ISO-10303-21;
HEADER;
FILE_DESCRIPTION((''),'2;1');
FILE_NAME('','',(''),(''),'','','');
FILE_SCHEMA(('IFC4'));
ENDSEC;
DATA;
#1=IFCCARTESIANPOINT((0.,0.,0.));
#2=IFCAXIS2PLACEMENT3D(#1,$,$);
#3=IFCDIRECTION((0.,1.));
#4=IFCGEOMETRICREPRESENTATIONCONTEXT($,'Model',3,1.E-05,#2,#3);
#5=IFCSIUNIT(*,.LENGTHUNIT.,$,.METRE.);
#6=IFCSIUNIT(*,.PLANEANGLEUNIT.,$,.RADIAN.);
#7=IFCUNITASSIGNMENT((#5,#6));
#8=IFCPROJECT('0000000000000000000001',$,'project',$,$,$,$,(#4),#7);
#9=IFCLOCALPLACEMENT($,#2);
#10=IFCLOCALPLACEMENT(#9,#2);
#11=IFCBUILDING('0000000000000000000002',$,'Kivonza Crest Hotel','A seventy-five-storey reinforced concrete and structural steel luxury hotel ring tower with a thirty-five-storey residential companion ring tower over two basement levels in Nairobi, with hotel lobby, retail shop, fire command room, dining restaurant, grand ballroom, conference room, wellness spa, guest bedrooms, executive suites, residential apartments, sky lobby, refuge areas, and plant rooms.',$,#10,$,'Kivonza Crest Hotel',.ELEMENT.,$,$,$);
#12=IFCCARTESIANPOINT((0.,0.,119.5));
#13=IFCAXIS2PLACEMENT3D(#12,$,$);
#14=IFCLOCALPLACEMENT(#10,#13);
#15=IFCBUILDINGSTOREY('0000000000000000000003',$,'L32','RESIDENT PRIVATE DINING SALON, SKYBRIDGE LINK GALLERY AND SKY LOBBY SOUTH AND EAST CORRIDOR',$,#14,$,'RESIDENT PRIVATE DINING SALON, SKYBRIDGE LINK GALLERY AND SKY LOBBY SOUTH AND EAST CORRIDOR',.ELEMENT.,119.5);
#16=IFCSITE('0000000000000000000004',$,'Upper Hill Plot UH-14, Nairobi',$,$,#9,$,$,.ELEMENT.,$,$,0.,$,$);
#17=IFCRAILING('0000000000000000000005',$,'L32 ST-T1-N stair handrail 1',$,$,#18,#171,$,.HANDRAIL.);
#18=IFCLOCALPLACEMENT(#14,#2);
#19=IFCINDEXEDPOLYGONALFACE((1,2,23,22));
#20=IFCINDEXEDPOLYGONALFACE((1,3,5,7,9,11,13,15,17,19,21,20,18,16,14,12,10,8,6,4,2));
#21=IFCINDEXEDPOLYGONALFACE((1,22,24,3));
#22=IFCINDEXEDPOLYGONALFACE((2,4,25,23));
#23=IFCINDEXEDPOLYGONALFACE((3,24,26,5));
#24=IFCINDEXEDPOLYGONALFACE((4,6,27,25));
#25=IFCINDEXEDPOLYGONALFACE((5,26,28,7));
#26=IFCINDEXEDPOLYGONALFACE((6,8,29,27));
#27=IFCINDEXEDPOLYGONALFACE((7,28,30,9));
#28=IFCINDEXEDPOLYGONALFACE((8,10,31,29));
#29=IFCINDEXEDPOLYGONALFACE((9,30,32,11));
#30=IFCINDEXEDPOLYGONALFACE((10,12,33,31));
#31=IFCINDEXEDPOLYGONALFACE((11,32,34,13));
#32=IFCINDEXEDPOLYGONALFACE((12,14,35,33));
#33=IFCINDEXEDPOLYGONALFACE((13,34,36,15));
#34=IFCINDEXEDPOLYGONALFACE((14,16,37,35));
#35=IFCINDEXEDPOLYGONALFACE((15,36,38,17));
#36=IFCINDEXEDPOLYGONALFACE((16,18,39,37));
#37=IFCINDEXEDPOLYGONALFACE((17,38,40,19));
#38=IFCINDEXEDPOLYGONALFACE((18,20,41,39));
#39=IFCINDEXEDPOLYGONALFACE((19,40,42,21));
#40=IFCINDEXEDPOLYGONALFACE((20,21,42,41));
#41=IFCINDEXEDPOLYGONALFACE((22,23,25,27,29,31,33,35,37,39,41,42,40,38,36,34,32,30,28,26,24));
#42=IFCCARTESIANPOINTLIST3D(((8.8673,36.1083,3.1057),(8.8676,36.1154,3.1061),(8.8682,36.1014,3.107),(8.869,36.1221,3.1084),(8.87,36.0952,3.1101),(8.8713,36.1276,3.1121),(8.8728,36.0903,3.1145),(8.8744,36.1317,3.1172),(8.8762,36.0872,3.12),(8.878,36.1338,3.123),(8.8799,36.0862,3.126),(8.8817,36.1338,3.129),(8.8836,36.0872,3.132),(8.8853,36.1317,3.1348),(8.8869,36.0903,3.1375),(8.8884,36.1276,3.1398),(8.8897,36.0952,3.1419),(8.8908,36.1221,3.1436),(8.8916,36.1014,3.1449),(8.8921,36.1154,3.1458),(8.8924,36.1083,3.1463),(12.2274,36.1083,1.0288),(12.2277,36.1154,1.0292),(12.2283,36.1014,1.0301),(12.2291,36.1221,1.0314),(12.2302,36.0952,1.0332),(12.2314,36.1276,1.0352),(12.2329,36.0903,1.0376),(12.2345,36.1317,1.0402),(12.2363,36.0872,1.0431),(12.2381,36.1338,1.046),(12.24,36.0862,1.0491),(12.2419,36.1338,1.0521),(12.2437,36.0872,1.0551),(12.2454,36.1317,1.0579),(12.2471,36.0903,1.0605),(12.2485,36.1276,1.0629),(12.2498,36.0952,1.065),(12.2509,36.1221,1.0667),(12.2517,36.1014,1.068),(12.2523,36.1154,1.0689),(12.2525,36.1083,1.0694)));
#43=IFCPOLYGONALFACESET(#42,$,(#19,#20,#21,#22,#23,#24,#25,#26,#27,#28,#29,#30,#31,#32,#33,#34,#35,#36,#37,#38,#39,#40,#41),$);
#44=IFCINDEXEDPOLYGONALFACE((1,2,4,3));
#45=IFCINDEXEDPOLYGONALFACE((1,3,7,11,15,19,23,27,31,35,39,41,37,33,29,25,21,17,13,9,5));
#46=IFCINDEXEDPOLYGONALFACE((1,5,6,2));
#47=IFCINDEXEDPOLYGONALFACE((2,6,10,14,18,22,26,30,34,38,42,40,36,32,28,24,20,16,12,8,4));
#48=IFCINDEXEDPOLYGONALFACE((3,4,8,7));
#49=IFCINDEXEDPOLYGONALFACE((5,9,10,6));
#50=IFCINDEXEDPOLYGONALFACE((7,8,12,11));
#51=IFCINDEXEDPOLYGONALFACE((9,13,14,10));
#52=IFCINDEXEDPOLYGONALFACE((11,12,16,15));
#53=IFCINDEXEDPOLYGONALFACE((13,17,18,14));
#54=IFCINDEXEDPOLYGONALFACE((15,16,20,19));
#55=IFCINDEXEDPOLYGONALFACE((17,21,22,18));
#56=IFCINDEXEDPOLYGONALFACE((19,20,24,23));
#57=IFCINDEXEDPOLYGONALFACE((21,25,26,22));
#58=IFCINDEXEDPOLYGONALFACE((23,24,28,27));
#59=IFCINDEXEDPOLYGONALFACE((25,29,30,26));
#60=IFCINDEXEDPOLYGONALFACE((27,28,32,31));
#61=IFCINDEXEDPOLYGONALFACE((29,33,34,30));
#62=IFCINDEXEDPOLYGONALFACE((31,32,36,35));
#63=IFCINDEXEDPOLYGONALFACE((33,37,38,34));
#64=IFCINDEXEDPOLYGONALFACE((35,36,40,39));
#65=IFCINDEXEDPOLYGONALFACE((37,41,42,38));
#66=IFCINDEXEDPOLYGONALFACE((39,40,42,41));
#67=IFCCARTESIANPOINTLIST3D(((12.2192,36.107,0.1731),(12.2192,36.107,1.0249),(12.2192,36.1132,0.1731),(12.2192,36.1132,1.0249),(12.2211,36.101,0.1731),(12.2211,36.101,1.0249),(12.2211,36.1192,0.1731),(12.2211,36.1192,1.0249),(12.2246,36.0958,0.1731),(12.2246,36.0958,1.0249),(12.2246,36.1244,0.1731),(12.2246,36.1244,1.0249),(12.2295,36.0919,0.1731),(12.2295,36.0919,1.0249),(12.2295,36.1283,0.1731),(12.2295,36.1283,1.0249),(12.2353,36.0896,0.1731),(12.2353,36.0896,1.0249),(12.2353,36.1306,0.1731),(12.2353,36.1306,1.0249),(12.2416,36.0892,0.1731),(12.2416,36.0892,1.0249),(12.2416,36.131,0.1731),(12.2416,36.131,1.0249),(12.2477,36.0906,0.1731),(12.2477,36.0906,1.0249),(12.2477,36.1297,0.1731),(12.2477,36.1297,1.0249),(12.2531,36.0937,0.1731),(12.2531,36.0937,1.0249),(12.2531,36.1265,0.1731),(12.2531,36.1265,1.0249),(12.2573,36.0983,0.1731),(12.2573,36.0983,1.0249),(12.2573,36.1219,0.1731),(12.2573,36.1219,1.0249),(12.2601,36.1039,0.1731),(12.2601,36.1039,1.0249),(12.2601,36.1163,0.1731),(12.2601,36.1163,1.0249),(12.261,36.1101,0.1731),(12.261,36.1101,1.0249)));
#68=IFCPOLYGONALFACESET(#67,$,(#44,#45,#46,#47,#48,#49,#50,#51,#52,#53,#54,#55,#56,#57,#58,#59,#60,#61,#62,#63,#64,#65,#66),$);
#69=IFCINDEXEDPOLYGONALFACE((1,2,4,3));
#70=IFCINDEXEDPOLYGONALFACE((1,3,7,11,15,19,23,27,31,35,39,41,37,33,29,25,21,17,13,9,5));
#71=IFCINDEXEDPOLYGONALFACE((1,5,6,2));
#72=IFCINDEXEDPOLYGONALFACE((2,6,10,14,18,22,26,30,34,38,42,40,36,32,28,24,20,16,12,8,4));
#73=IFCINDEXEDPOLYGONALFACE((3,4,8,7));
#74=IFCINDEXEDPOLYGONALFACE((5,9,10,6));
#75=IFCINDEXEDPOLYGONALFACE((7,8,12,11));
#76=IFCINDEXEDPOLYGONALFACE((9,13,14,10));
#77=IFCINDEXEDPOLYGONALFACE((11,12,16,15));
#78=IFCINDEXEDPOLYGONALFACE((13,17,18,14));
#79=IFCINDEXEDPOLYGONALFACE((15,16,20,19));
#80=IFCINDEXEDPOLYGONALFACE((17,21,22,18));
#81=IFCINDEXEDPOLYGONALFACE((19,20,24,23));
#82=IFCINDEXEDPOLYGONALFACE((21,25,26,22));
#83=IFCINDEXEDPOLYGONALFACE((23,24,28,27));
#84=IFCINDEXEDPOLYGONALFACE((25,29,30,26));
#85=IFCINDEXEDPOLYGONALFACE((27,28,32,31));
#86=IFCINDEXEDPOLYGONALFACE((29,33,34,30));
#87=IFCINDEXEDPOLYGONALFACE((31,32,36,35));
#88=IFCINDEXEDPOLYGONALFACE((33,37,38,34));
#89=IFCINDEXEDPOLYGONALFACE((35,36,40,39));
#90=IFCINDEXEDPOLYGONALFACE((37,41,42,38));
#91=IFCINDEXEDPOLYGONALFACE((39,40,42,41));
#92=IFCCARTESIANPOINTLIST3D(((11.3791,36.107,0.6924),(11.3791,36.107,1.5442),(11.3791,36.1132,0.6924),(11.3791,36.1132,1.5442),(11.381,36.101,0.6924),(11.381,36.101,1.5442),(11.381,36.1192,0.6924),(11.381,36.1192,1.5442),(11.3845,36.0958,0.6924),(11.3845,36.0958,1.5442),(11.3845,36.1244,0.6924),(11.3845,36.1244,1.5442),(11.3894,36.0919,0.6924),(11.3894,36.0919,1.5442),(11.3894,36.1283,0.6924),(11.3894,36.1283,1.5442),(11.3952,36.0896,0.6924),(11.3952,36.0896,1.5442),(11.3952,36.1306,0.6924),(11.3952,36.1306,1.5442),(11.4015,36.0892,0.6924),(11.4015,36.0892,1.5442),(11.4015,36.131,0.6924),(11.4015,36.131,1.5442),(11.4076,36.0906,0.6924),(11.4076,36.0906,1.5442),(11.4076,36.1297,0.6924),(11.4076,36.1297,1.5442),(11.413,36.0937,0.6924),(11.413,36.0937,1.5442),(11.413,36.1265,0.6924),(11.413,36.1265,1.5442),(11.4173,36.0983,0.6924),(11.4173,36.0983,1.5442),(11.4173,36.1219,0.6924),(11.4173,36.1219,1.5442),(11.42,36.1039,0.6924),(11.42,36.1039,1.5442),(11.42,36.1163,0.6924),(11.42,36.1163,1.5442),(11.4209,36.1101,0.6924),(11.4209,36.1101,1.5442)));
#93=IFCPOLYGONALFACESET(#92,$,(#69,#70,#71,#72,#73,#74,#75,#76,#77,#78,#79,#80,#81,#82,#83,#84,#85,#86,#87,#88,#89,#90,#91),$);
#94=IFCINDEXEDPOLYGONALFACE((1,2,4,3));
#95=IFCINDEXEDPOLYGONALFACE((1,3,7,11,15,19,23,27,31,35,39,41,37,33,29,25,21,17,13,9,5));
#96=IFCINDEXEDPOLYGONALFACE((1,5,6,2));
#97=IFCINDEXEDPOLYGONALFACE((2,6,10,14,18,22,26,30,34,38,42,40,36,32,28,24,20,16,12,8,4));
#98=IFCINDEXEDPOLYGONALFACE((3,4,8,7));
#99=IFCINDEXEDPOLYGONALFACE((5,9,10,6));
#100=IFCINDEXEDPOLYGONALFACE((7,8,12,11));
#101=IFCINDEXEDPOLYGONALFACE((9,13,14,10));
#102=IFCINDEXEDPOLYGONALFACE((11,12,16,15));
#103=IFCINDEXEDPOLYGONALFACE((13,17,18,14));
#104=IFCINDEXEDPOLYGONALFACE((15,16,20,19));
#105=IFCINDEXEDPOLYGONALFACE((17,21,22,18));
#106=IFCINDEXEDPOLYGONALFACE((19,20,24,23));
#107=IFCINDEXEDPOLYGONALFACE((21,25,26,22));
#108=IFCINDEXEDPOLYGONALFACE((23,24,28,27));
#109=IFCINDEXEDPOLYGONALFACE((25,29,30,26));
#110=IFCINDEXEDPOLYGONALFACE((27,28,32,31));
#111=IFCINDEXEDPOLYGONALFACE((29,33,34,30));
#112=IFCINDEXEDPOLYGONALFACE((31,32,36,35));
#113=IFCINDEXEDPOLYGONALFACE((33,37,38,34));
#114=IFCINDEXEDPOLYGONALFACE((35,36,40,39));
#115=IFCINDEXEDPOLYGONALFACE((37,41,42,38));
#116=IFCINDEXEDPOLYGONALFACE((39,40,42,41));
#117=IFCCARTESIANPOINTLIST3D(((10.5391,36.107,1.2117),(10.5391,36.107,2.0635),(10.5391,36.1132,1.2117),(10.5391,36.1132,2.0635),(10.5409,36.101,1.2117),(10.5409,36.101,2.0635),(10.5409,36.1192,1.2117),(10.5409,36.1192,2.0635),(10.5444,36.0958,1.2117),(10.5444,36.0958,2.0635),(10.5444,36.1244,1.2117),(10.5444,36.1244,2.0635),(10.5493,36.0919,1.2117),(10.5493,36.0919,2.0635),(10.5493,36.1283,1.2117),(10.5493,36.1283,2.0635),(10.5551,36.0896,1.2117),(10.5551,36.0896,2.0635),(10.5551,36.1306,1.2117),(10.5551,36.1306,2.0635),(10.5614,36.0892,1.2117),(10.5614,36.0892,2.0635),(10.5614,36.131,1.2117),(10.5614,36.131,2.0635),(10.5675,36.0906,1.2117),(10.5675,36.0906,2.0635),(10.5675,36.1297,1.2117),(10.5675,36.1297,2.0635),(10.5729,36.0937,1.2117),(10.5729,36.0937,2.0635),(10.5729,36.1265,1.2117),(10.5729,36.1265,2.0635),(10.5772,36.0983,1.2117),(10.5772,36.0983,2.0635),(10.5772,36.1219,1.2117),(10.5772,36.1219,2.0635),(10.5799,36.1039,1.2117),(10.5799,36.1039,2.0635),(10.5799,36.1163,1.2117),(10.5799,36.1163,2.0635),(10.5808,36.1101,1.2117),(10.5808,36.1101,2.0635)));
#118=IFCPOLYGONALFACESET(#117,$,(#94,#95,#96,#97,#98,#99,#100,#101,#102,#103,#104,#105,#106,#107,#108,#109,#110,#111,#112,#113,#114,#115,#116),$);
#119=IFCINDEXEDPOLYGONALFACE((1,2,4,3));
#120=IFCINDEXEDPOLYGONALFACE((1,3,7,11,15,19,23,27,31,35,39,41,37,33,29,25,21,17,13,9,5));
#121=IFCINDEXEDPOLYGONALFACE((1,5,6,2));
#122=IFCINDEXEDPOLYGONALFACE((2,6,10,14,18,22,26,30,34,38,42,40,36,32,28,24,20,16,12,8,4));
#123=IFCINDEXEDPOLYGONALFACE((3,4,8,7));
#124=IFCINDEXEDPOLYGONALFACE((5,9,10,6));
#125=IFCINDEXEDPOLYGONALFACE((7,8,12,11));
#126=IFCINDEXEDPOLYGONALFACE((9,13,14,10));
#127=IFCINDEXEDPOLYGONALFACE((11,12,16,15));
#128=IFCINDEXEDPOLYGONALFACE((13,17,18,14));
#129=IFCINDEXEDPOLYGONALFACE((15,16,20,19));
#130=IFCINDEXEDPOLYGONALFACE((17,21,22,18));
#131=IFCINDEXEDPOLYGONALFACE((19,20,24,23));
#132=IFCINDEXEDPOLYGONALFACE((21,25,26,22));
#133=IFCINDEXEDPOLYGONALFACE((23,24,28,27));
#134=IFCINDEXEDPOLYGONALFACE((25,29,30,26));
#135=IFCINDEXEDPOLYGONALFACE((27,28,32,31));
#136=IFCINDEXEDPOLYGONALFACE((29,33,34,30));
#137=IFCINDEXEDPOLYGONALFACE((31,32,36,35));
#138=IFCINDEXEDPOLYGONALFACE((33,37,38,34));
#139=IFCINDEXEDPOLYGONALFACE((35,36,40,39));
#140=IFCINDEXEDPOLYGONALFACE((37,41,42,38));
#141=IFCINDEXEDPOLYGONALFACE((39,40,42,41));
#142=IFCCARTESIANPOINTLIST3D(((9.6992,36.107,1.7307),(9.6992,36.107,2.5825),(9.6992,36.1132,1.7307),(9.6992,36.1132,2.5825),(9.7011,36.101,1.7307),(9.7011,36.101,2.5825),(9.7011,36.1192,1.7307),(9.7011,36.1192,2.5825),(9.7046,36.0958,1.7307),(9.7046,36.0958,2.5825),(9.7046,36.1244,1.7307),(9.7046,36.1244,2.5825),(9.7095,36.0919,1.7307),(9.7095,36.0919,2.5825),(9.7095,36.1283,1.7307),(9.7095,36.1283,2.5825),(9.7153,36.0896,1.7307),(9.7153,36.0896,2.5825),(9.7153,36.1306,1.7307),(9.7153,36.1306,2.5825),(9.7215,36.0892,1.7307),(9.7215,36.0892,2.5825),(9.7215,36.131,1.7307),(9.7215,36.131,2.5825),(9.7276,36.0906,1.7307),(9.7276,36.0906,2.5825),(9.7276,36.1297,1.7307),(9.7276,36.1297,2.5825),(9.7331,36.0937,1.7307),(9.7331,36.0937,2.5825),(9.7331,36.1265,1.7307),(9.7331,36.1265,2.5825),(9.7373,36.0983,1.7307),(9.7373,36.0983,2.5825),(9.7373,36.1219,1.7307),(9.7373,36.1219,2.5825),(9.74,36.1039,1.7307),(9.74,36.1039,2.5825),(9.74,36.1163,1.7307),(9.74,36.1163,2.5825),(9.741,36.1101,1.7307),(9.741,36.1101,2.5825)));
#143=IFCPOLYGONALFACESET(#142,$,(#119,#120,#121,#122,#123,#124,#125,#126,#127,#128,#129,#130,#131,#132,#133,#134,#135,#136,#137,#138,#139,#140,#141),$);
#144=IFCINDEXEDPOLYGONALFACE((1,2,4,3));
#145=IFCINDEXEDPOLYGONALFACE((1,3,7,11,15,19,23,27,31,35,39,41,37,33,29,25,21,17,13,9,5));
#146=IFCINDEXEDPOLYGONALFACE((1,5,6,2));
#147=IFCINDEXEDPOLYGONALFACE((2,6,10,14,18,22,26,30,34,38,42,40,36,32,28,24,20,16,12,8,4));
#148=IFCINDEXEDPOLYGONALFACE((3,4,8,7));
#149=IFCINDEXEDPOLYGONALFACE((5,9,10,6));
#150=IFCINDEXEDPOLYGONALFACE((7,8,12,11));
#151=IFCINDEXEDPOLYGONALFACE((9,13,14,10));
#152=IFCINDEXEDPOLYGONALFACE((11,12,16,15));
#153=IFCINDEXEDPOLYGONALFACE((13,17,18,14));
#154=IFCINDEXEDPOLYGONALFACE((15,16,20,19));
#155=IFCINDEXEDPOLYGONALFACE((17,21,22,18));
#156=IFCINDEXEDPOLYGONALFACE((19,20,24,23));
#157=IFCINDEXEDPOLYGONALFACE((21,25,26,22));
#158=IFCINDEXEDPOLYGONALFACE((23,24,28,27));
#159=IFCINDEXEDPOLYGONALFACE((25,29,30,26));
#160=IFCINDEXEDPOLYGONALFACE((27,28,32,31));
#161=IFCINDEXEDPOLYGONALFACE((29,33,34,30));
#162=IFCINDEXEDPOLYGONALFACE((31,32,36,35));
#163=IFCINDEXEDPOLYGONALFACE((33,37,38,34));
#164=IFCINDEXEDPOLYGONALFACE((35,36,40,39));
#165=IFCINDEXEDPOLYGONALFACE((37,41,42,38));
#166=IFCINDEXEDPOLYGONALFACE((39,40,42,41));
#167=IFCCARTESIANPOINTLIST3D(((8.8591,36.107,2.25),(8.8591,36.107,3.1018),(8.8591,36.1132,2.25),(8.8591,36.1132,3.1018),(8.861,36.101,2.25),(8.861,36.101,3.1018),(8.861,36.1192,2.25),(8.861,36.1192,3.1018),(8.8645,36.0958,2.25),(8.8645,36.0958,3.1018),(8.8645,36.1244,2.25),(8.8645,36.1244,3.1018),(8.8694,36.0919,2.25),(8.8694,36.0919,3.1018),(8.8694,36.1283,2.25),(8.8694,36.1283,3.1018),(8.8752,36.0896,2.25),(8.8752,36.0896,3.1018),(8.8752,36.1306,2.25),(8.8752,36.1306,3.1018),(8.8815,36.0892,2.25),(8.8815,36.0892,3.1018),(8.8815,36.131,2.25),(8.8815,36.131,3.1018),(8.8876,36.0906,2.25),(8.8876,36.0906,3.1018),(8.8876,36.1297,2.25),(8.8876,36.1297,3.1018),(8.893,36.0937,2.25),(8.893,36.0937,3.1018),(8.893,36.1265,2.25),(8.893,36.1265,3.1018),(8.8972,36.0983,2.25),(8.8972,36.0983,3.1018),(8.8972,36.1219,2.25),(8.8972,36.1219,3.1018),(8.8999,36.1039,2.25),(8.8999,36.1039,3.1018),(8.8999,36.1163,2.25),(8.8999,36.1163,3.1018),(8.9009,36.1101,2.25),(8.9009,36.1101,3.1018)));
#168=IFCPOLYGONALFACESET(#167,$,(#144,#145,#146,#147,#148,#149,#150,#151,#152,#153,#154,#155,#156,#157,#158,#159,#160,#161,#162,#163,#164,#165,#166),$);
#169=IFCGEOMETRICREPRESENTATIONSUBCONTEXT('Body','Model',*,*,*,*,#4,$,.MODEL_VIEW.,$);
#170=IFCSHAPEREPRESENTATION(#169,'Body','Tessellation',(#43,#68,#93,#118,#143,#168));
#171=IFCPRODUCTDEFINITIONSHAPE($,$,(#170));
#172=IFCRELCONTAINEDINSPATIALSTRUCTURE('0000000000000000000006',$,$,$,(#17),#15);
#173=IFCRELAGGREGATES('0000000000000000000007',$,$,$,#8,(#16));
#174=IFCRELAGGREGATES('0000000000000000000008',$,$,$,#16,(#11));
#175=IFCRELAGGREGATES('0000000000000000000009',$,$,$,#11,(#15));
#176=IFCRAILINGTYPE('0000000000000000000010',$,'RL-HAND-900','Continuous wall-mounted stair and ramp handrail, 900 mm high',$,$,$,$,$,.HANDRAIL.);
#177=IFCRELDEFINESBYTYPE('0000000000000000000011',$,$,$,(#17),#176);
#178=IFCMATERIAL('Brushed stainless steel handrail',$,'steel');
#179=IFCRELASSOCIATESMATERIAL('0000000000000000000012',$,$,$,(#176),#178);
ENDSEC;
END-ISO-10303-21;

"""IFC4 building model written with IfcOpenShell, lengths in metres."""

from ifc_helpers import new_model, si_unit, direction, frame, origin, origin_2d, place, context, subcontext, project, spatial, circle, extrude, material, type_object, element, save


model = new_model("IFC4")

# Units and contexts
model_context = context("Model", 3, precision=1e-05, world=origin(), true_north=direction((0.0, 1.0)))
body_context = subcontext(model_context, "Body", "Model", "MODEL_VIEW")
ifc_project = project(units=[si_unit("LENGTHUNIT", "METRE"), si_unit("PLANEANGLEUNIT", "RADIAN")], contexts=[model_context])

# Site, building, storey
site_placement = place(None, origin())
site = spatial("IfcSite", under=ifc_project, at=site_placement, Name="Upper Hill Plot UH-14, Nairobi", CompositionType="ELEMENT", RefElevation=0.0)
building_placement = place(site_placement, origin())
building = spatial("IfcBuilding", under=site, at=building_placement, Name="Kivonza Crest Hotel", Description="A seventy-five-storey reinforced concrete and structural steel luxury hotel ring tower with a thirty-five-storey residential companion ring tower over two basement levels in Nairobi, with hotel lobby, retail shop, fire command room, dining restaurant, grand ballroom, conference room, wellness spa, guest bedrooms, executive suites, residential apartments, sky lobby, refuge areas, and plant rooms.", LongName="Kivonza Crest Hotel", CompositionType="ELEMENT")
storey_placement = place(building_placement, frame((0.0, 0.0, 119.5)))
storey = spatial("IfcBuildingStorey", under=building, at=storey_placement, Name="L32", Description="RESIDENT PRIVATE DINING SALON, SKYBRIDGE LINK GALLERY AND SKY LOBBY SOUTH AND EAST CORRIDOR", LongName="RESIDENT PRIVATE DINING SALON, SKYBRIDGE LINK GALLERY AND SKY LOBBY SOUTH AND EAST CORRIDOR", CompositionType="ELEMENT", Elevation=119.5)

# Railing
ifc_material_1 = material(Name="Brushed stainless steel handrail", Category="steel")
railing_type_1 = type_object("IfcRailingType", Name="RL-HAND-900", Description="Continuous wall-mounted stair and ramp handrail, 900 mm high", PredefinedType="HANDRAIL", material=ifc_material_1)
railing_1_placement = place(storey_placement, frame((12.24, 36.1101, 0.1731)))
element("IfcRailing", 1, at=railing_1_placement, inside=storey, type_object=railing_type_1, Name="L32 ST-T1-N stair handrail 1", PredefinedType="HANDRAIL", context=body_context, shape_type="SweptSolid", body=[
    extrude(circle(Radius=0.0239, at=origin_2d()), frame((0.0, 0.0, 0.876), z_axis=(-0.850623, 0.0, 0.525776), x_axis=(0.0, -1.0, 0.0)), (0.0, 0.0, 1.0), 3.9502),
    extrude(circle(Radius=0.021, at=origin_2d()), origin(), (0.0, 0.0, 1.0), 0.8518),
    extrude(circle(Radius=0.021, at=origin_2d()), frame((-0.8401, 0.0, 0.5193)), (0.0, 0.0, 1.0), 0.8518),
    extrude(circle(Radius=0.021, at=origin_2d()), frame((-1.6802, 0.0, 1.0386)), (0.0, 0.0, 1.0), 0.8518),
    extrude(circle(Radius=0.021, at=origin_2d()), frame((-2.52, 0.0, 1.5576)), (0.0, 0.0, 1.0), 0.8518),
    extrude(circle(Radius=0.021, at=origin_2d()), frame((-3.3601, 0.0, 2.0769)), (0.0, 0.0, 1.0), 0.8518),
])

save(model, "model.ifc")
